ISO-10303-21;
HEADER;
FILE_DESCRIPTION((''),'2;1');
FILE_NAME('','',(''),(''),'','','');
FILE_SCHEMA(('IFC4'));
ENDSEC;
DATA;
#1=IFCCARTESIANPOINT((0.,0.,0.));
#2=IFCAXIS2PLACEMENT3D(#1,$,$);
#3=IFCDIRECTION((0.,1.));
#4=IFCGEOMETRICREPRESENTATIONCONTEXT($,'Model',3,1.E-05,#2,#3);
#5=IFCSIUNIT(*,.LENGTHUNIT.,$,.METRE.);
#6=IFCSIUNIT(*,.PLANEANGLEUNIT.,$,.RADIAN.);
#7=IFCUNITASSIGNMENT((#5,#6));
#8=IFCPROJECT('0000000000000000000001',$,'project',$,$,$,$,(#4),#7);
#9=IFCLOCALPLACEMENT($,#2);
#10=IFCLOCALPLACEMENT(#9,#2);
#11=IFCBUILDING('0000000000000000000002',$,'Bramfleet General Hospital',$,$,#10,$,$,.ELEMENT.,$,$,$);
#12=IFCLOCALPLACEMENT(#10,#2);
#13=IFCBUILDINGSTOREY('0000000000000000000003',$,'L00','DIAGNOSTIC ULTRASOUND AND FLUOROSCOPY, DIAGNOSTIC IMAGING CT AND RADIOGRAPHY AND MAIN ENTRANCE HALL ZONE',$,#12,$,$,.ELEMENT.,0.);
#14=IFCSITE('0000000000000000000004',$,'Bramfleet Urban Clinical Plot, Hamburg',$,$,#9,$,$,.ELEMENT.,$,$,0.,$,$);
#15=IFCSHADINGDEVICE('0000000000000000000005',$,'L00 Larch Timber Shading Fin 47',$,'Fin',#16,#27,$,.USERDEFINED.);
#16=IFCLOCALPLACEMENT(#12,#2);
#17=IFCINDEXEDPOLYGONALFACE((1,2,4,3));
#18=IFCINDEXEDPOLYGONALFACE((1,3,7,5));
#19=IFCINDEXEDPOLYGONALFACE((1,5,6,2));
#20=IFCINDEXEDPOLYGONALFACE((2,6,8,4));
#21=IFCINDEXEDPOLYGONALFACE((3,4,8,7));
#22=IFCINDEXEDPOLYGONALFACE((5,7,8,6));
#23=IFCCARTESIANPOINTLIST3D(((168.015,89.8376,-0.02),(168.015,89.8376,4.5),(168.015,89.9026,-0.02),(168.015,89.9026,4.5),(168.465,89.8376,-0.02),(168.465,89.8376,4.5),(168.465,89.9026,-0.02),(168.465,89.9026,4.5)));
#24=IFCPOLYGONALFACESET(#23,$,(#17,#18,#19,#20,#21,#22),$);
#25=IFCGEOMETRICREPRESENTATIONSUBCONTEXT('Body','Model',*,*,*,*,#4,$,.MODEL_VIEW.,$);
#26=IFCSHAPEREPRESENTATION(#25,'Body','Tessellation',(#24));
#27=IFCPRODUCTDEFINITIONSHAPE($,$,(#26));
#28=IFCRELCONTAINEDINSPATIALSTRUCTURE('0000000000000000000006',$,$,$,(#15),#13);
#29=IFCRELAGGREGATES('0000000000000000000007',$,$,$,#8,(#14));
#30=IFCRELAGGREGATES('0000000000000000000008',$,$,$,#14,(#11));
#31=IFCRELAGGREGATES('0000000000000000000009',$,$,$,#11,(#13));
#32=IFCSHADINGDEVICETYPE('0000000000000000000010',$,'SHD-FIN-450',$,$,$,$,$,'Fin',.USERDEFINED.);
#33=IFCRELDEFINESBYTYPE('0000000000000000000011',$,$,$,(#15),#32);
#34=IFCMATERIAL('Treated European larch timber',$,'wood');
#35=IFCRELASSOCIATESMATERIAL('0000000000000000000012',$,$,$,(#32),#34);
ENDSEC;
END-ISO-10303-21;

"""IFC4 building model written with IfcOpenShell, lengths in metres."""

from ifc_helpers import new_model, si_unit, direction, frame, origin, origin_2d, place, context, subcontext, project, spatial, rectangle, extrude, material, material_profile, profile_set, type_object, element, save


model = new_model("IFC4")

# Units and contexts
model_context = context("Model", 3, precision=1e-05, world=origin(), true_north=direction((0.0, 1.0)))
body_context = subcontext(model_context, "Body", "Model", "MODEL_VIEW")
ifc_project = project(units=[si_unit("LENGTHUNIT", "METRE"), si_unit("PLANEANGLEUNIT", "RADIAN")], contexts=[model_context])

# Site, building, storey
site_placement = place(None, origin())
site = spatial("IfcSite", under=ifc_project, at=site_placement, Name="Bramfleet Urban Clinical Plot, Hamburg", CompositionType="ELEMENT", RefElevation=0.0)
building_placement = place(site_placement, origin())
building = spatial("IfcBuilding", under=site, at=building_placement, Name="Bramfleet General Hospital", CompositionType="ELEMENT")
storey_placement = place(building_placement, origin())
storey = spatial("IfcBuildingStorey", under=building, at=storey_placement, Name="L00", Description="DIAGNOSTIC ULTRASOUND AND FLUOROSCOPY, DIAGNOSTIC IMAGING CT AND RADIOGRAPHY AND MAIN ENTRANCE HALL ZONE", CompositionType="ELEMENT", Elevation=0.0)

# Shading device
ifc_material_1 = material(Name="Treated European larch timber", Category="wood")
ifc_material_profile_1 = material_profile(ifc_material_1, rectangle(XDim=0.0649, YDim=0.45, at=origin_2d()), Name="LARCH FIN 450x65")
ifc_profile_set_1 = profile_set([ifc_material_profile_1], Name="Treated European larch timber")
shading_device_type = type_object("IfcShadingDeviceType", Name="SHD-FIN-450", ElementType="Fin", PredefinedType="USERDEFINED", material=ifc_profile_set_1)
for number, where, z_axis, x_axis, name in (
    (1, (168.24, 89.8701, -0.02), (0.0, 0.0, 1.0), (0.0, -1.0, 0.0), "L00 Larch Timber Shading Fin 47"),
):
    element("IfcShadingDevice", number, at=place(storey_placement, frame(where, z_axis=z_axis, x_axis=x_axis)), inside=storey, type_object=shading_device_type, Name=name, ObjectType="Fin", PredefinedType="USERDEFINED", context=body_context, shape_type="SweptSolid", body=[
        extrude(rectangle(XDim=0.0649, YDim=0.45, at=origin_2d()), origin(), (0.0, 0.0, 1.0), 4.52),
    ])

save(model, "model.ifc")
